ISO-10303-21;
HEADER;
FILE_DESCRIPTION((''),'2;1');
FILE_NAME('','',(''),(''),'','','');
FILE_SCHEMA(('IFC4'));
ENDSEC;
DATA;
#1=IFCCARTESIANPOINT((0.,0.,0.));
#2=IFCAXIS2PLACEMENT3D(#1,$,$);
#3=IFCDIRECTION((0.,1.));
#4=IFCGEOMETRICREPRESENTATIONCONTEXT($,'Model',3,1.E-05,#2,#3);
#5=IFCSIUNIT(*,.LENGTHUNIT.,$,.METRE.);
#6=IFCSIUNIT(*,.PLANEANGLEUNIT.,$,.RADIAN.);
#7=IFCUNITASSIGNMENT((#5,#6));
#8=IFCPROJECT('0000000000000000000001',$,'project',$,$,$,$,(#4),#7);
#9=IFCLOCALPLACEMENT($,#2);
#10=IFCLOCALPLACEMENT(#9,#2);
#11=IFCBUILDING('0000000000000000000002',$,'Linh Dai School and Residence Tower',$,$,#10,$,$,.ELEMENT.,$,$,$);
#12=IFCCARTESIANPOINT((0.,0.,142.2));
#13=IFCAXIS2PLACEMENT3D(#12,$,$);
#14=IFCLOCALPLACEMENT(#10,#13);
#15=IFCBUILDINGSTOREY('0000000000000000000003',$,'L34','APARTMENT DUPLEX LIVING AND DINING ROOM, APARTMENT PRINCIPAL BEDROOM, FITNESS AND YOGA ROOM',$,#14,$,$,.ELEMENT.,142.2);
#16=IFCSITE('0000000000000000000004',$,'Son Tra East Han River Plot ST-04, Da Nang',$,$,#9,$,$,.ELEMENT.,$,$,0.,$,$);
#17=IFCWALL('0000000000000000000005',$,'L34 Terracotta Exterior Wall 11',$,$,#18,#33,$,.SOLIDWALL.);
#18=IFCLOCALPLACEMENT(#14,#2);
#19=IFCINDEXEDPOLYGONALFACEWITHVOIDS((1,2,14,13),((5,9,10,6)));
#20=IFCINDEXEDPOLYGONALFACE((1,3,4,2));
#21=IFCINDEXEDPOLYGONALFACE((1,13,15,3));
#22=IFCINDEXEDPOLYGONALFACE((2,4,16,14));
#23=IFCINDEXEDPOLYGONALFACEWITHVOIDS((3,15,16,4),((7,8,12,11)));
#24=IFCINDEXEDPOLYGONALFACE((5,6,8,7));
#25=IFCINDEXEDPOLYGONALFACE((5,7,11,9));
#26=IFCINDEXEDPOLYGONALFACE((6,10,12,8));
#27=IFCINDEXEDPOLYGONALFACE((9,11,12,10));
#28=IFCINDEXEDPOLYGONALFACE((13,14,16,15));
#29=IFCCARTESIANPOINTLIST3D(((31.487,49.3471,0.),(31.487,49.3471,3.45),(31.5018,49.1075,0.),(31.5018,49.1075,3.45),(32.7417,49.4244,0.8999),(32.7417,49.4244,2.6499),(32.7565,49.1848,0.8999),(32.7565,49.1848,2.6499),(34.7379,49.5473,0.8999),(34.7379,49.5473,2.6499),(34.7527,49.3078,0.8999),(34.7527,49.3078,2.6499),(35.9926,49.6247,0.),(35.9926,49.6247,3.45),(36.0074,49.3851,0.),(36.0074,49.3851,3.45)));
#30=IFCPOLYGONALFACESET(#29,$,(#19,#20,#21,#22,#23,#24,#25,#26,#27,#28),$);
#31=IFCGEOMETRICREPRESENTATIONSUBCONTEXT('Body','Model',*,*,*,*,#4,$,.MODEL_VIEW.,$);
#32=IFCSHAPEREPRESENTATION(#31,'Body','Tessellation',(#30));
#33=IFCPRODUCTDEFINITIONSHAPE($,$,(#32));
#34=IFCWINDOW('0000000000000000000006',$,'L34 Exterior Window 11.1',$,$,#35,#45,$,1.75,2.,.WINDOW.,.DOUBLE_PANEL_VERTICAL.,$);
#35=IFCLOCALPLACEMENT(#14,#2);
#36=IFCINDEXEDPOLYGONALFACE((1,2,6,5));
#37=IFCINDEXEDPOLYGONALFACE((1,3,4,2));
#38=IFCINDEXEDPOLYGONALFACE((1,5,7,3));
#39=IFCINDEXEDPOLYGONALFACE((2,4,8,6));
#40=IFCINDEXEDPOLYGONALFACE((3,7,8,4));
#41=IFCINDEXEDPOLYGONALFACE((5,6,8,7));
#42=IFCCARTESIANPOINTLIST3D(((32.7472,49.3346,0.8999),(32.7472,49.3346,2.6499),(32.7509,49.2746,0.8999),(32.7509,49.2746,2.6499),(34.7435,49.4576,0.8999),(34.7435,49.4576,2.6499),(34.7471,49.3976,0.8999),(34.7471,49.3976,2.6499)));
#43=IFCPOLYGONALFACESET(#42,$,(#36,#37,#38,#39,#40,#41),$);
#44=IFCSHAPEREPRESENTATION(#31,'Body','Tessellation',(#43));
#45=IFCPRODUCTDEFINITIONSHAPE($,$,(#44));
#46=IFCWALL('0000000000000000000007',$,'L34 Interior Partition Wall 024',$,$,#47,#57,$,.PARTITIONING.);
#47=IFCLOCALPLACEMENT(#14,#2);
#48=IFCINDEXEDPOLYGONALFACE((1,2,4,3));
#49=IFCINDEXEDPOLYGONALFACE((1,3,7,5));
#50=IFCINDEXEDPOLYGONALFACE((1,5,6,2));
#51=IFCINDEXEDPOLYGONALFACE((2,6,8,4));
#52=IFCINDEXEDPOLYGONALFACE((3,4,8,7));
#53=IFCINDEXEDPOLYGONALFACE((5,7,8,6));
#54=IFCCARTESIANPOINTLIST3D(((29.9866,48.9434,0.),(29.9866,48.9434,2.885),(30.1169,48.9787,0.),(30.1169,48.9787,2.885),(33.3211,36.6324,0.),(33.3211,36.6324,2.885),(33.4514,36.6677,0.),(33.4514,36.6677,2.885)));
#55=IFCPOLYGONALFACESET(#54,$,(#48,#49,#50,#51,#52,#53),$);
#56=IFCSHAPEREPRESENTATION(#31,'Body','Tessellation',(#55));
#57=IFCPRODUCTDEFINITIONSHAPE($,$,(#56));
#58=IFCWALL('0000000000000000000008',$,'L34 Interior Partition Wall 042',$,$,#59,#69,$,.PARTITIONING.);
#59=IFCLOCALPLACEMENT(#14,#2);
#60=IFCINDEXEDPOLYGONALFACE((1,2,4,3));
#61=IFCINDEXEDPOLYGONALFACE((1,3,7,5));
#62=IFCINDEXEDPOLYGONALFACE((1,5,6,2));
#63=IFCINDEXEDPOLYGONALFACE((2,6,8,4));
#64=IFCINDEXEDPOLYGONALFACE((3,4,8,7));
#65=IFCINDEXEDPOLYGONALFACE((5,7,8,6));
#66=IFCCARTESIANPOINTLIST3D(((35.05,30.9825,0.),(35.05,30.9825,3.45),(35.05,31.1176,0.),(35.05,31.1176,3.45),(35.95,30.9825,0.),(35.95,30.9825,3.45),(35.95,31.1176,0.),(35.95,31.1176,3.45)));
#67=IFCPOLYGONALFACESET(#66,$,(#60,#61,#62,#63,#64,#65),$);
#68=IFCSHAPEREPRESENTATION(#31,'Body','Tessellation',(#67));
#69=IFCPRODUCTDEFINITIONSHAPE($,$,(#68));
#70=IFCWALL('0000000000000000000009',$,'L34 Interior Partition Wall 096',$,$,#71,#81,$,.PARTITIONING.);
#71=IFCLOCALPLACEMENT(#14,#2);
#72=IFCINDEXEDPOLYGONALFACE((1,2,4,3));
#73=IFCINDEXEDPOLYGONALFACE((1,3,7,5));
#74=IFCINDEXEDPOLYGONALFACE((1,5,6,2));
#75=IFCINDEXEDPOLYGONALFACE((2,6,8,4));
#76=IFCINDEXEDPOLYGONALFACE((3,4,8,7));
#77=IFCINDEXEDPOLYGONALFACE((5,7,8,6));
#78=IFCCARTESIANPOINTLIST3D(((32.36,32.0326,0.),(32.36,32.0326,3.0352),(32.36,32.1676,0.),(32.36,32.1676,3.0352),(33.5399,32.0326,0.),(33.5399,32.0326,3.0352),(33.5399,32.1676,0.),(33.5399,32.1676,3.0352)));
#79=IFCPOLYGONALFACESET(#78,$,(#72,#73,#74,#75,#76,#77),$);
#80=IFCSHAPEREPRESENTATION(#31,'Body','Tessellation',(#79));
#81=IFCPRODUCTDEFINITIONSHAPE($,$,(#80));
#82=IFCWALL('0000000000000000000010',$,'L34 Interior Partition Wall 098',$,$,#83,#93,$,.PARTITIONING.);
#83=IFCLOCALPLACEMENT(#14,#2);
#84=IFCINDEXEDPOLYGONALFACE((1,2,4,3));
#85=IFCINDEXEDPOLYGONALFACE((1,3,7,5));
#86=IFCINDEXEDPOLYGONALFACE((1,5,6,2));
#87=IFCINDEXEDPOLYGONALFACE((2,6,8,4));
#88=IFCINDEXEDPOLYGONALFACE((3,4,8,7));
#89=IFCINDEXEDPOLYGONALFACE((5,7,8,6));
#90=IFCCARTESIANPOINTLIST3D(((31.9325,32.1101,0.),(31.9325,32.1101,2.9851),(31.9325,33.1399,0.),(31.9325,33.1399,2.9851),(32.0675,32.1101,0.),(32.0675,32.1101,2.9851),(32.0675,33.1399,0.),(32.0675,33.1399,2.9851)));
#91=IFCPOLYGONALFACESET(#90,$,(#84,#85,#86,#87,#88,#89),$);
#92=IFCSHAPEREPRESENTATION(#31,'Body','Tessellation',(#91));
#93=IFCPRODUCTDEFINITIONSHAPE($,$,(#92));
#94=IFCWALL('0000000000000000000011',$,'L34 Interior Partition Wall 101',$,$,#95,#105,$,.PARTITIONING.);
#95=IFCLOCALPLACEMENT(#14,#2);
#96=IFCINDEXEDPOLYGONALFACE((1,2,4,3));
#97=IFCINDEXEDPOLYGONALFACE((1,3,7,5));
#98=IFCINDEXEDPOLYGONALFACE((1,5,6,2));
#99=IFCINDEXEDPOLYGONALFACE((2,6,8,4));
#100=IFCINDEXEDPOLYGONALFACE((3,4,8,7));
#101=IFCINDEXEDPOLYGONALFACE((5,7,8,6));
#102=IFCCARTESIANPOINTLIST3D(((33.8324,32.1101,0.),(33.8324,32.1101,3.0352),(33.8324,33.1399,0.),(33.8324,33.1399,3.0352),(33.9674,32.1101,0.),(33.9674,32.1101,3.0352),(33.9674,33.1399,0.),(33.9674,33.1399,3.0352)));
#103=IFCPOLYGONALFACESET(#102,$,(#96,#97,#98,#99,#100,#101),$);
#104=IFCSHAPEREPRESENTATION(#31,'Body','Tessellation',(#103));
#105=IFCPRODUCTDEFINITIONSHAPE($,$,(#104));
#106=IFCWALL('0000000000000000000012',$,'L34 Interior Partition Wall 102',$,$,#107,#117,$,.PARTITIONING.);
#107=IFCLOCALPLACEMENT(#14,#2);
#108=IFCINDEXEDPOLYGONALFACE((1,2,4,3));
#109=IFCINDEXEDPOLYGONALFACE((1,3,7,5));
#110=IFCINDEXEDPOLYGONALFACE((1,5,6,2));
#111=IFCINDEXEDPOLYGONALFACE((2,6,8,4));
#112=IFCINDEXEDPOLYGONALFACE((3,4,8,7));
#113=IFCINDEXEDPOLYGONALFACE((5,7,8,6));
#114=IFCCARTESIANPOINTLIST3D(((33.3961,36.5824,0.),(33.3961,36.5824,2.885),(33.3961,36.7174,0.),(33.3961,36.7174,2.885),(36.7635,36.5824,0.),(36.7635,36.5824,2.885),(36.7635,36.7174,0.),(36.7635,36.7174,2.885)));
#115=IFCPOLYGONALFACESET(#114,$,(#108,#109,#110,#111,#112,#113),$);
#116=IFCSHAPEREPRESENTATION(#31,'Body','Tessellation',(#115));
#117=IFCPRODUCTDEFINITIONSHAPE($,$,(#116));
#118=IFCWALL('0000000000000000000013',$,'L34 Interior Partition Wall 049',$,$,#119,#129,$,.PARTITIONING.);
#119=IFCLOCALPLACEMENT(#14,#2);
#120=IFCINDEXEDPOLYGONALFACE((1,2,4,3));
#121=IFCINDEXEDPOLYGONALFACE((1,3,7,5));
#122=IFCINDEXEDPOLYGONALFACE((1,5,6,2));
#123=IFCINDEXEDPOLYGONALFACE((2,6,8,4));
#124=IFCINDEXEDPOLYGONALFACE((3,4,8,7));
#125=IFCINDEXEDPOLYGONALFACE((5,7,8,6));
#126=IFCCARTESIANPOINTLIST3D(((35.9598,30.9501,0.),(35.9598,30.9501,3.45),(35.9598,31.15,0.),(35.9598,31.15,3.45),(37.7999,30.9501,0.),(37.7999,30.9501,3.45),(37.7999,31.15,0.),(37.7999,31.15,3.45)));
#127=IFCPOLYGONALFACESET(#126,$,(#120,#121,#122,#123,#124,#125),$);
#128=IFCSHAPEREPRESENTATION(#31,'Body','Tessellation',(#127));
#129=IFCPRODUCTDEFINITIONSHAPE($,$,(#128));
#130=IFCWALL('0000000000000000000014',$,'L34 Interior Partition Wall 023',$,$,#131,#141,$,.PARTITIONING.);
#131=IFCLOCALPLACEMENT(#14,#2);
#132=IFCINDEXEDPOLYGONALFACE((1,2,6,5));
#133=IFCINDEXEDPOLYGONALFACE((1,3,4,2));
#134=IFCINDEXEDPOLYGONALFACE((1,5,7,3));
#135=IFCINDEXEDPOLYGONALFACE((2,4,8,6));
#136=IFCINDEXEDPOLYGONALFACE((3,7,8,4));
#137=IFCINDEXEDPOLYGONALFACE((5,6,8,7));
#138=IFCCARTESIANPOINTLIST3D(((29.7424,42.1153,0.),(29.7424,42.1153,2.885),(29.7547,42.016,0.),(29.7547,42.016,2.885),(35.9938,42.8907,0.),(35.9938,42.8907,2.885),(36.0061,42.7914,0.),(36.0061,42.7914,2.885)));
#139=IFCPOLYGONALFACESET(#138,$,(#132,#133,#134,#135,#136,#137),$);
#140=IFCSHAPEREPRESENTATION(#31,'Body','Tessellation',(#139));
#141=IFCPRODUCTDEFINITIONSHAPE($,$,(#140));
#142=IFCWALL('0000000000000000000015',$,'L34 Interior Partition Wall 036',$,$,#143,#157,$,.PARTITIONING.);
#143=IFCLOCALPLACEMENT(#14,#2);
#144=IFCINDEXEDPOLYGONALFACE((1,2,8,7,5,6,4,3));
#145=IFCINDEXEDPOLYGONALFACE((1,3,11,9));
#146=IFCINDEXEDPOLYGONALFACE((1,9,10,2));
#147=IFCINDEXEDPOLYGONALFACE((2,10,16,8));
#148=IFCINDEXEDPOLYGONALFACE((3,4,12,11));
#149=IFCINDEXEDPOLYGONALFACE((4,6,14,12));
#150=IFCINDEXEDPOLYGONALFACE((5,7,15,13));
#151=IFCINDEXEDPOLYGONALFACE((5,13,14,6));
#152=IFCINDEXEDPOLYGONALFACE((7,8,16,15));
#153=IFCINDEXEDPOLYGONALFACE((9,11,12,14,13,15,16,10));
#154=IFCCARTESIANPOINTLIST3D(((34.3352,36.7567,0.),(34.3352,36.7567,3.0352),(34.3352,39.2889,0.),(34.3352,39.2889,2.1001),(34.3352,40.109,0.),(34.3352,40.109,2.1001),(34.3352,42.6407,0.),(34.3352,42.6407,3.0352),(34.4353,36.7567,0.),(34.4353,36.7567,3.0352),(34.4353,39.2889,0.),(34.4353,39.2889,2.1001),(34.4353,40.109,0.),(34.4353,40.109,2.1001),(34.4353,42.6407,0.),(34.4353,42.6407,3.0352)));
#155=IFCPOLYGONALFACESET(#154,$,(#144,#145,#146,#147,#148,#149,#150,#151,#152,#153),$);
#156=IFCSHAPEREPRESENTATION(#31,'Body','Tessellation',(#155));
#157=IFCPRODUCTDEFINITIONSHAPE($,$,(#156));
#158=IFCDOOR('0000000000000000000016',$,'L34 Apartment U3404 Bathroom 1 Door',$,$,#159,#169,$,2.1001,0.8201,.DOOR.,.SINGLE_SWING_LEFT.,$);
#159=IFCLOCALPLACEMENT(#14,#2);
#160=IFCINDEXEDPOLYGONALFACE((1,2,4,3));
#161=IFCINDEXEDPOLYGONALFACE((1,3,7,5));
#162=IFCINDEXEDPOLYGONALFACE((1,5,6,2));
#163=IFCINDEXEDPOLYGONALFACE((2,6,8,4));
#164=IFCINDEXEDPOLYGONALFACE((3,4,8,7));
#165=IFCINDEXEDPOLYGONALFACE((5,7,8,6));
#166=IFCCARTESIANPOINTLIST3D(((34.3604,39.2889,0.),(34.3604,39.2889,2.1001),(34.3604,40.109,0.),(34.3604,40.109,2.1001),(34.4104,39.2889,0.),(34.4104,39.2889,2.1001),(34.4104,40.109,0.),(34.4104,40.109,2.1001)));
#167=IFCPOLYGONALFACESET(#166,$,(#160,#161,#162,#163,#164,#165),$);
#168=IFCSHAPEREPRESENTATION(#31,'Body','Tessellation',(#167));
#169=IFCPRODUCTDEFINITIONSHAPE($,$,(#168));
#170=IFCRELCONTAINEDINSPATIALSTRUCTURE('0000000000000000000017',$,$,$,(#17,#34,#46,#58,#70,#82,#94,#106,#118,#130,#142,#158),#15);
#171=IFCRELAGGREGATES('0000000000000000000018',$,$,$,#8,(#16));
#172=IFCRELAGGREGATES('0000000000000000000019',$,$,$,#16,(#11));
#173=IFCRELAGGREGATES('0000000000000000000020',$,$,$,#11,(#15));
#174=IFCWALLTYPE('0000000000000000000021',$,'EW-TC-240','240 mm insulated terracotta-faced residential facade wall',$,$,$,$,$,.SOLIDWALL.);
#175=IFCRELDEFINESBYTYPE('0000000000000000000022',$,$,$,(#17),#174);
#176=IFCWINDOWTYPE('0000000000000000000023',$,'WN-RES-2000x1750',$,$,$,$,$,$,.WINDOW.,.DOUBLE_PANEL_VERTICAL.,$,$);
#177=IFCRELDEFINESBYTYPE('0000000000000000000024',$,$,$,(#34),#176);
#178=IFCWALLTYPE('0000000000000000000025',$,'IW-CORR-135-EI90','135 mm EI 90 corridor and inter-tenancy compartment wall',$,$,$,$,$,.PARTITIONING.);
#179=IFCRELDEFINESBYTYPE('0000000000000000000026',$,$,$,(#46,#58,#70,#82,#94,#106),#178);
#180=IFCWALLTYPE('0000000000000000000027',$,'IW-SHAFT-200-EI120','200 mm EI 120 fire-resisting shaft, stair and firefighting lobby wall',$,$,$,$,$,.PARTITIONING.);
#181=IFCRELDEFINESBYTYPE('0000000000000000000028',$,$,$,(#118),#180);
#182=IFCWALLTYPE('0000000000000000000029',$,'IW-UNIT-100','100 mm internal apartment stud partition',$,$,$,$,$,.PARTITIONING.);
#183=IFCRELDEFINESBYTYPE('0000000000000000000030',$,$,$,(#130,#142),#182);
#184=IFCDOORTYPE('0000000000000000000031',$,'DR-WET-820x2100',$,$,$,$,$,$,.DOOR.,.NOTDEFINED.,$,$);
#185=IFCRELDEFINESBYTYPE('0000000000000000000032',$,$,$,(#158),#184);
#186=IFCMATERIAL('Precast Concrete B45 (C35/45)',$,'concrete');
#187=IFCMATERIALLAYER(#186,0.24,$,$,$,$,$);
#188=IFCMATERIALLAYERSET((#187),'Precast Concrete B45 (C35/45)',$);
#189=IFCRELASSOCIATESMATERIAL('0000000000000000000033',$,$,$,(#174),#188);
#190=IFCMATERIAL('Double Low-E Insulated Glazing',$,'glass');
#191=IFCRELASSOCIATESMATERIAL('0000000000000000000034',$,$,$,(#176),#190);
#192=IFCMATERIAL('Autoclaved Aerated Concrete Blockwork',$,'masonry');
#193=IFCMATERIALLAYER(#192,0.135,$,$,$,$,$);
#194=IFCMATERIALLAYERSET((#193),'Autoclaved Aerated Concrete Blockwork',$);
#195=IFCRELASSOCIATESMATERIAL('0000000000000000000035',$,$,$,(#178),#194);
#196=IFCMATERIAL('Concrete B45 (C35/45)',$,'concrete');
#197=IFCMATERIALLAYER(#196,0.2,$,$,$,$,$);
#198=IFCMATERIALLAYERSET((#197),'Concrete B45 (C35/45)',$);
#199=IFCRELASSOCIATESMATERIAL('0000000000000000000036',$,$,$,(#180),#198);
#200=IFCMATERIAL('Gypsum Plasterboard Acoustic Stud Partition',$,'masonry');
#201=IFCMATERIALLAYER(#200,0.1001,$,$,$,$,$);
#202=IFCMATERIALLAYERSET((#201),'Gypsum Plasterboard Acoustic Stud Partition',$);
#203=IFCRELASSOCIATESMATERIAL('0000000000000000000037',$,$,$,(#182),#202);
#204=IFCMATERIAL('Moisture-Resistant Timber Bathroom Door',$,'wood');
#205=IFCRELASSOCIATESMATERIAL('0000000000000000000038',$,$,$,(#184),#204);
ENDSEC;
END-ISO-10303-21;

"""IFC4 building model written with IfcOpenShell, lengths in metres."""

from ifc_helpers import new_model, si_unit, direction, frame, frame_2d, origin, origin_2d, place, context, subcontext, project, spatial, rectangle, extrude, source, transform, mapped, material, layer, layer_set, type_object, element, fill, save


model = new_model("IFC4")

# Units and contexts
model_context = context("Model", 3, precision=1e-05, world=origin(), true_north=direction((0.0, 1.0)))
body_context = subcontext(model_context, "Body", "Model", "MODEL_VIEW")
ifc_project = project(units=[si_unit("LENGTHUNIT", "METRE"), si_unit("PLANEANGLEUNIT", "RADIAN")], contexts=[model_context])

# Site, building, storey
site_placement = place(None, origin())
site = spatial("IfcSite", under=ifc_project, at=site_placement, Name="Son Tra East Han River Plot ST-04, Da Nang", CompositionType="ELEMENT", RefElevation=0.0)
building_placement = place(site_placement, origin())
building = spatial("IfcBuilding", under=site, at=building_placement, Name="Linh Dai School and Residence Tower", CompositionType="ELEMENT")
storey_placement = place(building_placement, frame((0.0, 0.0, 142.2)))
storey = spatial("IfcBuildingStorey", under=building, at=storey_placement, Name="L34", Description="APARTMENT DUPLEX LIVING AND DINING ROOM, APARTMENT PRINCIPAL BEDROOM, FITNESS AND YOGA ROOM", CompositionType="ELEMENT", Elevation=142.2)

# Wall, opening, window
ifc_material_1 = material(Name="Precast Concrete B45 (C35/45)", Category="concrete")
ifc_layer_1 = layer(ifc_material_1, 0.24)
ifc_layer_set_1 = layer_set([ifc_layer_1], Name="Precast Concrete B45 (C35/45)")
wall_type_1 = type_object("IfcWallType", Name="EW-TC-240", Description="240 mm insulated terracotta-faced residential facade wall", PredefinedType="SOLIDWALL", material=ifc_layer_set_1)
wall_1_placement = place(storey_placement, frame((31.4944, 49.2273, 0.0), z_axis=(0.0, 0.0, 1.0), x_axis=(0.998108, 0.061493, 0.0)))
wall_1 = element("IfcWall", 1, at=wall_1_placement, inside=storey, type_object=wall_type_1, Name="L34 Terracotta Exterior Wall 11", PredefinedType="SOLIDWALL", context=body_context, shape_type="SweptSolid", body=[
    extrude(rectangle(XDim=4.5142, YDim=0.24, at=frame_2d((2.2571, 0.0))), origin(), (0.0, 0.0, 1.0), 3.45),
])
opening_1_placement = place(wall_1_placement, frame((1.2571, 0.0, 0.8999)))
opening_1 = element("IfcOpeningElement", 2, at=opening_1_placement, cuts=wall_1, PredefinedType="OPENING", context=body_context, shape_type="SweptSolid", body=[
    extrude(rectangle(XDim=2.0, YDim=1.75, at=origin_2d()), frame((1.0, 0.1299, 0.875), z_axis=(0.0, -1.0, 0.0), x_axis=(1.0, 0.0, 0.0)), (0.0, 0.0, 1.0), 0.26),
])
ifc_material_2 = material(Name="Double Low-E Insulated Glazing", Category="glass")
window_type = type_object("IfcWindowType", Name="WN-RES-2000x1750", PartitioningType="DOUBLE_PANEL_VERTICAL", PredefinedType="WINDOW", material=ifc_material_2)
shared_shape_1 = source(origin(), body_context, "Body", "SweptSolid", [
    extrude(rectangle(XDim=2.0, YDim=1.75, at=origin_2d()), frame((1.0, 0.03, 0.875), z_axis=(0.0, -1.0, 0.0), x_axis=(1.0, 0.0, 0.0)), (0.0, 0.0, 1.0), 0.0601),
])
window_placement = place(opening_1_placement, origin())
window = element("IfcWindow", 3, at=window_placement, inside=storey, type_object=window_type, Name="L34 Exterior Window 11.1", OverallHeight=1.75, OverallWidth=2.0, PartitioningType="DOUBLE_PANEL_VERTICAL", PredefinedType="WINDOW", context=body_context, shape_type="MappedRepresentation", body=[
    mapped(shared_shape_1, transform((0.0, 0.0, 0.0), x_axis=(1.0, 0.0, 0.0), y_axis=(0.0, 1.0, 0.0), z_axis=(0.0, 0.0, 1.0), scale=1.0)),
])
fill(opening_1, window)

# Wall
ifc_material_3 = material(Name="Autoclaved Aerated Concrete Blockwork", Category="masonry")
ifc_layer_2 = layer(ifc_material_3, 0.135)
ifc_layer_set_2 = layer_set([ifc_layer_2], Name="Autoclaved Aerated Concrete Blockwork")
wall_type_2 = type_object("IfcWallType", Name="IW-CORR-135-EI90", Description="135 mm EI 90 corridor and inter-tenancy compartment wall", PredefinedType="PARTITIONING", material=ifc_layer_set_2)
wall_2_placement = place(storey_placement, frame((30.0518, 48.9612, 0.0), z_axis=(0.0, 0.0, 1.0), x_axis=(0.261433, -0.965222, 0.0)))
element("IfcWall", 4, at=wall_2_placement, inside=storey, type_object=wall_type_2, Name="L34 Interior Partition Wall 024", PredefinedType="PARTITIONING", context=body_context, shape_type="SweptSolid", body=[
    extrude(rectangle(XDim=12.7546, YDim=0.135, at=frame_2d((6.3774, 0.0))), origin(), (0.0, 0.0, 1.0), 2.885),
])

# Walls
wall_3_placement = place(storey_placement, frame((35.05, 31.05, 0.0), z_axis=(0.0, 0.0, 1.0), x_axis=(1.0, 0.0, 0.0)))
element("IfcWall", 5, at=wall_3_placement, inside=storey, type_object=wall_type_2, Name="L34 Interior Partition Wall 042", PredefinedType="PARTITIONING", context=body_context, shape_type="SweptSolid", body=[
    extrude(rectangle(XDim=0.8999, YDim=0.135, at=frame_2d((0.45, 0.0))), origin(), (0.0, 0.0, 1.0), 3.45),
])
wall_4_placement = place(storey_placement, frame((32.3601, 32.1001, 0.0), z_axis=(0.0, 0.0, 1.0), x_axis=(1.0, 0.0, 0.0)))
element("IfcWall", 6, at=wall_4_placement, inside=storey, type_object=wall_type_2, Name="L34 Interior Partition Wall 096", PredefinedType="PARTITIONING", context=body_context, shape_type="SweptSolid", body=[
    extrude(rectangle(XDim=1.1799, YDim=0.135, at=frame_2d((0.5898, 0.0))), origin(), (0.0, 0.0, 1.0), 3.0352),
])
wall_5_placement = place(storey_placement, frame((32.0, 33.1399, 0.0), z_axis=(0.0, 0.0, 1.0), x_axis=(0.0, -1.0, 0.0)))
element("IfcWall", 7, at=wall_5_placement, inside=storey, type_object=wall_type_2, Name="L34 Interior Partition Wall 098", PredefinedType="PARTITIONING", context=body_context, shape_type="SweptSolid", body=[
    extrude(rectangle(XDim=1.0298, YDim=0.135, at=frame_2d((0.5149, 0.0))), origin(), (0.0, 0.0, 1.0), 2.9851),
])
wall_6_placement = place(storey_placement, frame((33.8999, 32.1101, 0.0), z_axis=(0.0, 0.0, 1.0), x_axis=(0.0, 1.0, 0.0)))
element("IfcWall", 8, at=wall_6_placement, inside=storey, type_object=wall_type_2, Name="L34 Interior Partition Wall 101", PredefinedType="PARTITIONING", context=body_context, shape_type="SweptSolid", body=[
    extrude(rectangle(XDim=1.0298, YDim=0.135, at=frame_2d((0.5149, 0.0))), origin(), (0.0, 0.0, 1.0), 3.0352),
])
wall_7_placement = place(storey_placement, frame((33.3962, 36.6499, 0.0), z_axis=(0.0, 0.0, 1.0), x_axis=(1.0, 0.0, 0.0)))
element("IfcWall", 9, at=wall_7_placement, inside=storey, type_object=wall_type_2, Name="L34 Interior Partition Wall 102", PredefinedType="PARTITIONING", context=body_context, shape_type="SweptSolid", body=[
    extrude(rectangle(XDim=3.3674, YDim=0.135, at=frame_2d((1.6836, 0.0))), origin(), (0.0, 0.0, 1.0), 2.885),
])
ifc_material_4 = material(Name="Concrete B45 (C35/45)", Category="concrete")
ifc_layer_3 = layer(ifc_material_4, 0.2)
ifc_layer_set_3 = layer_set([ifc_layer_3], Name="Concrete B45 (C35/45)")
wall_type_3 = type_object("IfcWallType", Name="IW-SHAFT-200-EI120", Description="200 mm EI 120 fire-resisting shaft, stair and firefighting lobby wall", PredefinedType="PARTITIONING", material=ifc_layer_set_3)
wall_8_placement = place(storey_placement, frame((35.96, 31.05, 0.0), z_axis=(0.0, 0.0, 1.0), x_axis=(1.0, 0.0, 0.0)))
element("IfcWall", 10, at=wall_8_placement, inside=storey, type_object=wall_type_3, Name="L34 Interior Partition Wall 049", PredefinedType="PARTITIONING", context=body_context, shape_type="SweptSolid", body=[
    extrude(rectangle(XDim=1.8401, YDim=0.2, at=frame_2d((0.9199, 0.0))), origin(), (0.0, 0.0, 1.0), 3.45),
])
ifc_material_5 = material(Name="Gypsum Plasterboard Acoustic Stud Partition", Category="masonry")
ifc_layer_4 = layer(ifc_material_5, 0.1001)
ifc_layer_set_4 = layer_set([ifc_layer_4], Name="Gypsum Plasterboard Acoustic Stud Partition")
wall_type_4 = type_object("IfcWallType", Name="IW-UNIT-100", Description="100 mm internal apartment stud partition", PredefinedType="PARTITIONING", material=ifc_layer_set_4)
wall_9_placement = place(storey_placement, frame((29.7485, 42.0657, 0.0), z_axis=(0.0, 0.0, 1.0), x_axis=(0.992395, 0.12309, 0.0)))
element("IfcWall", 11, at=wall_9_placement, inside=storey, type_object=wall_type_4, Name="L34 Interior Partition Wall 023", PredefinedType="PARTITIONING", context=body_context, shape_type="SweptSolid", body=[
    extrude(rectangle(XDim=6.2993, YDim=0.1001, at=frame_2d((3.1497, 0.0))), origin(), (0.0, 0.0, 1.0), 2.885),
])

# Wall, opening, door
wall_10_placement = place(storey_placement, frame((34.3853, 36.7568, 0.0), z_axis=(0.0, 0.0, 1.0), x_axis=(0.0, 1.0, 0.0)))
wall_10 = element("IfcWall", 12, at=wall_10_placement, inside=storey, type_object=wall_type_4, Name="L34 Interior Partition Wall 036", PredefinedType="PARTITIONING", context=body_context, shape_type="SweptSolid", body=[
    extrude(rectangle(XDim=5.884, YDim=0.1001, at=frame_2d((2.9419, 0.0))), origin(), (0.0, 0.0, 1.0), 3.0352),
])
opening_2_placement = place(wall_10_placement, frame((2.532, 0.0, 0.0)))
opening_2 = element("IfcOpeningElement", 13, at=opening_2_placement, cuts=wall_10, PredefinedType="OPENING", context=body_context, shape_type="SweptSolid", body=[
    extrude(rectangle(XDim=0.8201, YDim=2.1001, at=origin_2d()), frame((0.4102, 0.0601, 1.05), z_axis=(0.0, -1.0, 0.0), x_axis=(1.0, 0.0, 0.0)), (0.0, 0.0, 1.0), 0.1201),
])
ifc_material_6 = material(Name="Moisture-Resistant Timber Bathroom Door", Category="wood")
door_type_1 = type_object("IfcDoorType", Name="DR-WET-820x2100", OperationType="NOTDEFINED", PredefinedType="DOOR", material=ifc_material_6)
shared_shape_2 = source(origin(), body_context, "Body", "SweptSolid", [
    extrude(rectangle(XDim=0.8201, YDim=2.1001, at=origin_2d()), frame((0.4102, 0.0249, 1.05), z_axis=(0.0, -1.0, 0.0), x_axis=(1.0, 0.0, 0.0)), (0.0, 0.0, 1.0), 0.05),
])
door_1_placement = place(opening_2_placement, origin())
door_1 = element("IfcDoor", 14, at=door_1_placement, inside=storey, type_object=door_type_1, Name="L34 Apartment U3404 Bathroom 1 Door", OperationType="SINGLE_SWING_LEFT", OverallHeight=2.1001, OverallWidth=0.8201, PredefinedType="DOOR", context=body_context, shape_type="MappedRepresentation", body=[
    mapped(shared_shape_2, transform((0.0, 0.0, 0.0), x_axis=(1.0, 0.0, 0.0), y_axis=(0.0, 1.0, 0.0), z_axis=(0.0, 0.0, 1.0), scale=1.0)),
])
fill(opening_2, door_1)

save(model, "model.ifc")
